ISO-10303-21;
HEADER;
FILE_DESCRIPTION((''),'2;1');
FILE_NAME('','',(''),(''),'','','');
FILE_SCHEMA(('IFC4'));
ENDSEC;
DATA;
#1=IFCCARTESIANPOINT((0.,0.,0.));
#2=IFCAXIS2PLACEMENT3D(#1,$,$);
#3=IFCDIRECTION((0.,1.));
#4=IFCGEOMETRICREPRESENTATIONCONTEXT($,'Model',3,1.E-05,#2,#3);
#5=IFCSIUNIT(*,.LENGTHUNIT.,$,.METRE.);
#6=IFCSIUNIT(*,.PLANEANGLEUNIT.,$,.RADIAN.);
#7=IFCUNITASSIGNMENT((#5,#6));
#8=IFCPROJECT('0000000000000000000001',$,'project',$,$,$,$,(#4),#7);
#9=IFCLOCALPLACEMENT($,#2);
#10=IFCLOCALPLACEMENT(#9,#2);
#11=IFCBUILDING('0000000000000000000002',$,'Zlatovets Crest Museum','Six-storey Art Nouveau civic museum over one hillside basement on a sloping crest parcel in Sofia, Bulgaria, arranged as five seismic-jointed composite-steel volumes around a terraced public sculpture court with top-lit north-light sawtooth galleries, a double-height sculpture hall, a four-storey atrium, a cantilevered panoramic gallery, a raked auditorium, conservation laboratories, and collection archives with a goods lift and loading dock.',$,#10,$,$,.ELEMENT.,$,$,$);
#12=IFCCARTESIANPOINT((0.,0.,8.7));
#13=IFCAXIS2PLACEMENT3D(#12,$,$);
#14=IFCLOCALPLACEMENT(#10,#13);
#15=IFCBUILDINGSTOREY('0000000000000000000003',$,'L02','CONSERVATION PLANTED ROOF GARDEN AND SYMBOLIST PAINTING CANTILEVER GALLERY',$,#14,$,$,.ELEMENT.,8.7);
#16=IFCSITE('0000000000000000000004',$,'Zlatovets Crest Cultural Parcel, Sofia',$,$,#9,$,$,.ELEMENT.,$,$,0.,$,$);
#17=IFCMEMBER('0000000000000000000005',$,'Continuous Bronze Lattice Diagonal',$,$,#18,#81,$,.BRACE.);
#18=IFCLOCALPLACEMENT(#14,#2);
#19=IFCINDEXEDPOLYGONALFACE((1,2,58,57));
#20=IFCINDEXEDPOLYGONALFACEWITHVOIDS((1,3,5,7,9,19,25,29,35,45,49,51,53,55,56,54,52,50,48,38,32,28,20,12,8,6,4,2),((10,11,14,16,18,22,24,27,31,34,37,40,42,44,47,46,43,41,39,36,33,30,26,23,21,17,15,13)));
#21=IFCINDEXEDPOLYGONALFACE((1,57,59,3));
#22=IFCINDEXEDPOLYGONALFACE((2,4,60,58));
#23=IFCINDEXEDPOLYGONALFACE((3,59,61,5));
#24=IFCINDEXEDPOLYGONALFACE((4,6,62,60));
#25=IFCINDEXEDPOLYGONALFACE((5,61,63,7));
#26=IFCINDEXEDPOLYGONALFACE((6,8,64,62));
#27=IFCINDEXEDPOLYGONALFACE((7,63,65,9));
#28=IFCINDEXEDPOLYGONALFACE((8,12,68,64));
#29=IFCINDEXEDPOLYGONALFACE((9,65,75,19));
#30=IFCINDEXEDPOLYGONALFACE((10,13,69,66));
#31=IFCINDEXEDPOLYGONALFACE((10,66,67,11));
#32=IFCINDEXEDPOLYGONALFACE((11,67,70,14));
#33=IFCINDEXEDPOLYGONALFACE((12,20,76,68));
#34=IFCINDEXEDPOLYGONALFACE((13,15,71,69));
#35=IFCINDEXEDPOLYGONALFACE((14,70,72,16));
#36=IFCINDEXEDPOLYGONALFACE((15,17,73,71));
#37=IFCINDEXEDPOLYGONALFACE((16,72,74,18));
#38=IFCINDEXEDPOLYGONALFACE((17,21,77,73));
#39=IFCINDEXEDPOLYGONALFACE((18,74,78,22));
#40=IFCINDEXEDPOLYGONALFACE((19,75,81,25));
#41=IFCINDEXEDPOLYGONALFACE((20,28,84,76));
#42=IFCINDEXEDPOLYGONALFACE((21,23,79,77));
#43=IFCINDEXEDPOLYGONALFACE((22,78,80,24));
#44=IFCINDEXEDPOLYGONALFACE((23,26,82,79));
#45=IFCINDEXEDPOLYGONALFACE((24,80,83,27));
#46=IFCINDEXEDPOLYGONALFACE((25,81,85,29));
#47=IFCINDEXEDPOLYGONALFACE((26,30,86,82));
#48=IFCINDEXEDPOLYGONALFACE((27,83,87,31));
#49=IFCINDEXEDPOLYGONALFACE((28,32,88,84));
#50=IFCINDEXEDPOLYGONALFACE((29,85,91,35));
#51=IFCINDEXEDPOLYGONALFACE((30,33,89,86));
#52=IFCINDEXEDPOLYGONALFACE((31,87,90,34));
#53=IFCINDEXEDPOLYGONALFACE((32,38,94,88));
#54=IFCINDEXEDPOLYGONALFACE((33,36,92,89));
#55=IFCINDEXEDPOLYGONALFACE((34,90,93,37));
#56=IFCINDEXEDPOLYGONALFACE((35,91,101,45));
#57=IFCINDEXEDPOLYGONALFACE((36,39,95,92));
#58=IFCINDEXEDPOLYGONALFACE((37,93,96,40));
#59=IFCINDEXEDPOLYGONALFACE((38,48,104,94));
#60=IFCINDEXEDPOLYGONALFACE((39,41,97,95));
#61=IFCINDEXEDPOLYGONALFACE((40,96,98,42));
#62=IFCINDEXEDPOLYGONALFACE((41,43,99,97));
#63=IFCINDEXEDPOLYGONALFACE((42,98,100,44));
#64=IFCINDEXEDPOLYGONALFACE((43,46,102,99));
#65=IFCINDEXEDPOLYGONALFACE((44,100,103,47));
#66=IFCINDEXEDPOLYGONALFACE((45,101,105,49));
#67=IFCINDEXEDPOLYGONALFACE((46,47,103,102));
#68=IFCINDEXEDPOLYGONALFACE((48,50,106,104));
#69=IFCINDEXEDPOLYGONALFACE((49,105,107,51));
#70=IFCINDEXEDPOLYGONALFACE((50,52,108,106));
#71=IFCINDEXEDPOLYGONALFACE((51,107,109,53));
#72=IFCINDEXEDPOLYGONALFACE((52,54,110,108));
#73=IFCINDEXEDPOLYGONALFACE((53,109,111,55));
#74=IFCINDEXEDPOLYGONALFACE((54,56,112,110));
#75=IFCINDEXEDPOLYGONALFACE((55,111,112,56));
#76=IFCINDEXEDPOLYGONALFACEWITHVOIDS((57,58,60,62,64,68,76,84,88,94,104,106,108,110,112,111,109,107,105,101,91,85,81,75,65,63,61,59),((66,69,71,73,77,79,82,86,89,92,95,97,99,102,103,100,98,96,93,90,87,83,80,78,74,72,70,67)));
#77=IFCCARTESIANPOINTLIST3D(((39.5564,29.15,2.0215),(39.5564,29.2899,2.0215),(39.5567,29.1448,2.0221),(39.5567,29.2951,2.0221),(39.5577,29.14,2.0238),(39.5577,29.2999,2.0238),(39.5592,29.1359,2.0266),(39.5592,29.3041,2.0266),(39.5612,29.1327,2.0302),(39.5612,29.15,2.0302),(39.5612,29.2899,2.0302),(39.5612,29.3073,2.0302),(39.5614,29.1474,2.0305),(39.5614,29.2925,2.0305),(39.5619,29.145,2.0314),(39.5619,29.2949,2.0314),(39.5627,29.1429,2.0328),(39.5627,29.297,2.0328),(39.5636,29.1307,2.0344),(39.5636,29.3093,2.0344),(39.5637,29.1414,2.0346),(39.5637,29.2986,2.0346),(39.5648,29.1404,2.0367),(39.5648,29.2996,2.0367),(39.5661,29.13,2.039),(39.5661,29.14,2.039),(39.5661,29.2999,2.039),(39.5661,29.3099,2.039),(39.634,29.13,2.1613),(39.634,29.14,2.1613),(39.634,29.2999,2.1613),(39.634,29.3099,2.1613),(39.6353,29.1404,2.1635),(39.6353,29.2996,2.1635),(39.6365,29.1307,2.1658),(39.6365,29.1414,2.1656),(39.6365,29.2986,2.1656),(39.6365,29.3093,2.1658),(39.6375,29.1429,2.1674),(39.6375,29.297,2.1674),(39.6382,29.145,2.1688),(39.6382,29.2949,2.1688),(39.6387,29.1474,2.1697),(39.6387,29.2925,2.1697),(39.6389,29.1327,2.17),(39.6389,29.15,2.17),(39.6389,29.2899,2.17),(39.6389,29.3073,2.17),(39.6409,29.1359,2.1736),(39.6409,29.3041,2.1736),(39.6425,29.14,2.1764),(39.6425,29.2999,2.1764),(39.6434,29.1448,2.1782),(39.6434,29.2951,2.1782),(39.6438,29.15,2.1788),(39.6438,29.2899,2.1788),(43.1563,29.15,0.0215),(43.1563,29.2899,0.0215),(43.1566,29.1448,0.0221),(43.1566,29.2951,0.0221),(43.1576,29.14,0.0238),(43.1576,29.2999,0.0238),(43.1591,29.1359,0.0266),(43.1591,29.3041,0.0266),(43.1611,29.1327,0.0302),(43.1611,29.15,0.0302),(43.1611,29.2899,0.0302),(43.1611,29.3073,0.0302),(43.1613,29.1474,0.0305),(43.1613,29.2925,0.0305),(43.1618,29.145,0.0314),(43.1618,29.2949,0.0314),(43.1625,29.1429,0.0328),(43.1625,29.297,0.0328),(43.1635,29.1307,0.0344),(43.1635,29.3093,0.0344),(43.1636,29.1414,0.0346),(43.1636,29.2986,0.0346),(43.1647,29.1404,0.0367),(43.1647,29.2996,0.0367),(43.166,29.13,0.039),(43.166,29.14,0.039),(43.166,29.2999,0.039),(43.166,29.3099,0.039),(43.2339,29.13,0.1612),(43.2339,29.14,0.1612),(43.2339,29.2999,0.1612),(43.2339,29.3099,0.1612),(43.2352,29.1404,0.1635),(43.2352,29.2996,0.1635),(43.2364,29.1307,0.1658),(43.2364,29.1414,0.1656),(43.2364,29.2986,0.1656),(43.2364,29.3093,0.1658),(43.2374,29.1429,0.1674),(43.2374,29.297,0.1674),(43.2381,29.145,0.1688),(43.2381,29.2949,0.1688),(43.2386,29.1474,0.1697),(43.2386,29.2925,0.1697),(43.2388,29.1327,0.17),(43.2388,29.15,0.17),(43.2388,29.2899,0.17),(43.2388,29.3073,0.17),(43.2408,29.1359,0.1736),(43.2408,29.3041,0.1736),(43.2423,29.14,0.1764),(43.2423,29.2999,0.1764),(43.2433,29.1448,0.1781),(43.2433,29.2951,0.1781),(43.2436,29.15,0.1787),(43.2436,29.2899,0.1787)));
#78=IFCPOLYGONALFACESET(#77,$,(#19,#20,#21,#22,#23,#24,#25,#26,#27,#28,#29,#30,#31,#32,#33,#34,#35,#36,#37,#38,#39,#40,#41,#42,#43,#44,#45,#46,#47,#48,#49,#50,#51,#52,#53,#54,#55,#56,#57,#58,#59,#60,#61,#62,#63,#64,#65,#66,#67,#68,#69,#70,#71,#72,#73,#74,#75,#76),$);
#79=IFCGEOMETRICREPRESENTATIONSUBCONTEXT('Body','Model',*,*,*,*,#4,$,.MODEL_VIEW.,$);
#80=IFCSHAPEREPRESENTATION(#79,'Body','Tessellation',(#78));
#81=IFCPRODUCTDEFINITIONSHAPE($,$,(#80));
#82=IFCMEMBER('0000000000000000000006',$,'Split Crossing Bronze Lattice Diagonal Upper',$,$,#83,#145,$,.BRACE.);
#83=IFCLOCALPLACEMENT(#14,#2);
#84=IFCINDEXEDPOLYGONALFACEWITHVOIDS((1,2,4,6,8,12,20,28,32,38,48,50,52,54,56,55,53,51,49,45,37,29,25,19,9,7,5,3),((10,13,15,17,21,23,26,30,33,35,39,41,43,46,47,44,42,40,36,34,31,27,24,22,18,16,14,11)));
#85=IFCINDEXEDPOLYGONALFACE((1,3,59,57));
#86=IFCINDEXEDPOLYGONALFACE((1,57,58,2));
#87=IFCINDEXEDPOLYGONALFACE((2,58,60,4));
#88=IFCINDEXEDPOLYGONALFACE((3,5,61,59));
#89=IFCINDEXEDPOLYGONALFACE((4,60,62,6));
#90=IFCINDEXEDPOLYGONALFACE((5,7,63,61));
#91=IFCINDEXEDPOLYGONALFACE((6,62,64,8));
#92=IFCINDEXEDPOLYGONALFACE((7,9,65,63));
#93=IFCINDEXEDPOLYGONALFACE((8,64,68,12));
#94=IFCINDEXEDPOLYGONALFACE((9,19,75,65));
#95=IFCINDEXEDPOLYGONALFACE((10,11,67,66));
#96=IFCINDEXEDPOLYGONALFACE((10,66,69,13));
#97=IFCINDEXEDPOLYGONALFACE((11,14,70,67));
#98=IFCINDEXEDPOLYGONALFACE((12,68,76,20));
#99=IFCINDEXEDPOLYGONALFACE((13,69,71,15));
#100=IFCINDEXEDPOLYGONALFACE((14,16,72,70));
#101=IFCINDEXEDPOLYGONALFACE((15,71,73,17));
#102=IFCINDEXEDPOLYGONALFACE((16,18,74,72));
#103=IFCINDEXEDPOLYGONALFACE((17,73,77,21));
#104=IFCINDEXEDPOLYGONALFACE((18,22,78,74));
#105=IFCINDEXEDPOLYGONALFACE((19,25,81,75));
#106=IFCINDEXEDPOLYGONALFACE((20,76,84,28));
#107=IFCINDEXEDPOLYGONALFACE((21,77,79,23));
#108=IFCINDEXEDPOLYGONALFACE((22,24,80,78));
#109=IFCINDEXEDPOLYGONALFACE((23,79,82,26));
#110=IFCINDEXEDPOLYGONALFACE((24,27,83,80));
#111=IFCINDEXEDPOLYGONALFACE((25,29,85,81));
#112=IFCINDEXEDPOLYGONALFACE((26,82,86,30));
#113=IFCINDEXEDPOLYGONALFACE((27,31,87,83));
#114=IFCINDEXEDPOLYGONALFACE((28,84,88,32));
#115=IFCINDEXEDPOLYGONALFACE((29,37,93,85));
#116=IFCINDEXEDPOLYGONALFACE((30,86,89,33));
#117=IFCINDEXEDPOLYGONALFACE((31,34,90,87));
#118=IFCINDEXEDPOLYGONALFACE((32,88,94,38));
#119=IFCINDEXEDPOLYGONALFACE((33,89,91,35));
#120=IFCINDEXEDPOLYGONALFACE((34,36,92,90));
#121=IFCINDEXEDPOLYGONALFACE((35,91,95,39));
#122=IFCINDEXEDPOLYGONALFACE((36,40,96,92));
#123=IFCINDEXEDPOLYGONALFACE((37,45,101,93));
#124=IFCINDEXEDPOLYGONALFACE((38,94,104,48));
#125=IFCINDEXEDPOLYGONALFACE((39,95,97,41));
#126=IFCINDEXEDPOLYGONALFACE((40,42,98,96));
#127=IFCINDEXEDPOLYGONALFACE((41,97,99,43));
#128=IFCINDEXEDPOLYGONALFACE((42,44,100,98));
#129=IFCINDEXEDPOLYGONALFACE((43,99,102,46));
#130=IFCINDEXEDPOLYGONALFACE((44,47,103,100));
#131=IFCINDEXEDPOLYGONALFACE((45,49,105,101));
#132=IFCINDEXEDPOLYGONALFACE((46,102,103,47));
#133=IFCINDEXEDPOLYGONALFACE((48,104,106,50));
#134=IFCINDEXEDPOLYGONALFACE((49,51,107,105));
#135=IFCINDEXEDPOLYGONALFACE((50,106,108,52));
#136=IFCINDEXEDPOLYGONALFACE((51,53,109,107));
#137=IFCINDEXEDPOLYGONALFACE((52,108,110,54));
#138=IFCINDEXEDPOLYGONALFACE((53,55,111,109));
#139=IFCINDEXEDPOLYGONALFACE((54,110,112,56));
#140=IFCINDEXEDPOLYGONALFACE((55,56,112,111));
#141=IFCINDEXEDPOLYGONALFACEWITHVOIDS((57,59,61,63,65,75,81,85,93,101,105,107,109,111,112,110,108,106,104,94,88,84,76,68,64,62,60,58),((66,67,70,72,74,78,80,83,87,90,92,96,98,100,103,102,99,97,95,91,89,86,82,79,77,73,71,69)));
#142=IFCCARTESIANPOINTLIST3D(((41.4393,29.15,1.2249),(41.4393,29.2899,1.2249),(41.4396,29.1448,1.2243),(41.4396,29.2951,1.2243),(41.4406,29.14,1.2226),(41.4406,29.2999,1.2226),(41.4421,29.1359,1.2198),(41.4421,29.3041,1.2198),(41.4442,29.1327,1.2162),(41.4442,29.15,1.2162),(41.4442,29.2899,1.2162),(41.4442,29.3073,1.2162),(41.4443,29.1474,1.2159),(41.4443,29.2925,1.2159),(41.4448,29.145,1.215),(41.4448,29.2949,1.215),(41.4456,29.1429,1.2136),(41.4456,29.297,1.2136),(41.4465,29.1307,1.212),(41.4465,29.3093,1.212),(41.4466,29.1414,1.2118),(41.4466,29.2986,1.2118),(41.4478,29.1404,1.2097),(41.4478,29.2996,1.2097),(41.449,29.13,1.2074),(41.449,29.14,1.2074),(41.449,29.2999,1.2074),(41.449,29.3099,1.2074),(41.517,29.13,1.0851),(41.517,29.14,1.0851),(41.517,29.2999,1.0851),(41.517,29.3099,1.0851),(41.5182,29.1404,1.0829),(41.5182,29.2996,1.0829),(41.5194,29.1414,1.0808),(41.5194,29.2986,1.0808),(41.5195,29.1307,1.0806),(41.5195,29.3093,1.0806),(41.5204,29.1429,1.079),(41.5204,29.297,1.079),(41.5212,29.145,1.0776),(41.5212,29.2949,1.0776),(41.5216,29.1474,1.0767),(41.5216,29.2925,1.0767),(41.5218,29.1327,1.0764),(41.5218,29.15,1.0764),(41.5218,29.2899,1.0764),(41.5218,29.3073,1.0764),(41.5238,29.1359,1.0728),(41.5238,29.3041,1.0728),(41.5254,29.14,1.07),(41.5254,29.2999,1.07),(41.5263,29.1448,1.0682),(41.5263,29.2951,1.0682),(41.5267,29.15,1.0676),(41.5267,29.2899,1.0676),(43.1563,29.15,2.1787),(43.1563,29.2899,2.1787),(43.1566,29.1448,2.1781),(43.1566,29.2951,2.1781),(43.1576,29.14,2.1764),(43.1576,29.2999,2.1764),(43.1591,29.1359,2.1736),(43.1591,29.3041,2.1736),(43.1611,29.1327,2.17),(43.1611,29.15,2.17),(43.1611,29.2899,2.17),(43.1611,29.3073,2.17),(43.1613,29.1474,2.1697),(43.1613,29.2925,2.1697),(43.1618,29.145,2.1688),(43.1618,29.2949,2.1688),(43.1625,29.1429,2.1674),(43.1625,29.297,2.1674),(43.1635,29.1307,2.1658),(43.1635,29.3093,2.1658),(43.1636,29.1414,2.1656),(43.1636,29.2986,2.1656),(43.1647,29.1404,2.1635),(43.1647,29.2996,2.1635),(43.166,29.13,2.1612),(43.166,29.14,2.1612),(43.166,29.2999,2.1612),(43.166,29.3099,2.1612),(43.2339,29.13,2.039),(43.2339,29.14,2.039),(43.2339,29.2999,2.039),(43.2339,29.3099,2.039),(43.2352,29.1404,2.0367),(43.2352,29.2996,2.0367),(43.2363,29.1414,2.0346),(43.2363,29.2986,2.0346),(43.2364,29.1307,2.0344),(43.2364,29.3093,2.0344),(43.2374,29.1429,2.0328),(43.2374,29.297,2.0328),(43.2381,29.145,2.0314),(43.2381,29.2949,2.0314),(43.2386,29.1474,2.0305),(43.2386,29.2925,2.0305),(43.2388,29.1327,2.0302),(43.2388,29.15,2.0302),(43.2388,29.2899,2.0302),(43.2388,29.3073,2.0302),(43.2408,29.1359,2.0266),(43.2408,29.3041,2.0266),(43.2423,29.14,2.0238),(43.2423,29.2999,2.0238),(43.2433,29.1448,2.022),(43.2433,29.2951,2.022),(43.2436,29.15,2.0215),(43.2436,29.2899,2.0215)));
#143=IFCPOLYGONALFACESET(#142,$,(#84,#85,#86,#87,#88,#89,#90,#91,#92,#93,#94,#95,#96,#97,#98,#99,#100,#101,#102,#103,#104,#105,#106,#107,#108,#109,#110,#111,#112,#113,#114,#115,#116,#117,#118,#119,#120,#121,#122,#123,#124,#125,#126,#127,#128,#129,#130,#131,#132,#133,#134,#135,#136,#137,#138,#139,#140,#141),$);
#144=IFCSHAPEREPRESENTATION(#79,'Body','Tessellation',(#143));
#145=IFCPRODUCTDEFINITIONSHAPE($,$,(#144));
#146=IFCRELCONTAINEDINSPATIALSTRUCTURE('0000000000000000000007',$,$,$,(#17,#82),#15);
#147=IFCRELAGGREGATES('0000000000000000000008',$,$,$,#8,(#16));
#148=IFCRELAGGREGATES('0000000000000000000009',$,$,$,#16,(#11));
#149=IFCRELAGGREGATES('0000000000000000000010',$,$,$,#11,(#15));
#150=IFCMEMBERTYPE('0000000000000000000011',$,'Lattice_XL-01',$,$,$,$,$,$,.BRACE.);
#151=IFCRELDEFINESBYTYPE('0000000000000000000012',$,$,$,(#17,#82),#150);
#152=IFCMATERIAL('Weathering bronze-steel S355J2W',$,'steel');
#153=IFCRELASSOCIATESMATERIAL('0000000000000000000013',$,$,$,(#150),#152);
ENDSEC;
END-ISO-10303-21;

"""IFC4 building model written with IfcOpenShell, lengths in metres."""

from ifc_helpers import new_model, si_unit, direction, frame, origin, origin_2d, place, context, subcontext, project, spatial, hollow_rectangle, extrude, material, material_profile, profile_set, type_object, element, save


model = new_model("IFC4")

# Units and contexts
model_context = context("Model", 3, precision=1e-05, world=origin(), true_north=direction((0.0, 1.0)))
body_context = subcontext(model_context, "Body", "Model", "MODEL_VIEW")
ifc_project = project(units=[si_unit("LENGTHUNIT", "METRE"), si_unit("PLANEANGLEUNIT", "RADIAN")], contexts=[model_context])

# Site, building, storey
site_placement = place(None, origin())
site = spatial("IfcSite", under=ifc_project, at=site_placement, Name="Zlatovets Crest Cultural Parcel, Sofia", CompositionType="ELEMENT", RefElevation=0.0)
building_placement = place(site_placement, origin())
building = spatial("IfcBuilding", under=site, at=building_placement, Name="Zlatovets Crest Museum", Description="Six-storey Art Nouveau civic museum over one hillside basement on a sloping crest parcel in Sofia, Bulgaria, arranged as five seismic-jointed composite-steel volumes around a terraced public sculpture court with top-lit north-light sawtooth galleries, a double-height sculpture hall, a four-storey atrium, a cantilevered panoramic gallery, a raked auditorium, conservation laboratories, and collection archives with a goods lift and loading dock.", CompositionType="ELEMENT")
storey_placement = place(building_placement, frame((0.0, 0.0, 8.7)))
storey = spatial("IfcBuildingStorey", under=building, at=storey_placement, Name="L02", Description="CONSERVATION PLANTED ROOF GARDEN AND SYMBOLIST PAINTING CANTILEVER GALLERY", CompositionType="ELEMENT", Elevation=8.7)

# Members
ifc_material_1 = material(Name="Weathering bronze-steel S355J2W", Category="steel")
ifc_material_profile_1 = material_profile(ifc_material_1, hollow_rectangle(XDim=0.1799, YDim=0.1799, WallThickness=0.01, InnerFilletRadius=0.01, OuterFilletRadius=0.02, at=origin_2d()), Name="SHS 180x180x10.0")
ifc_profile_set_1 = profile_set([ifc_material_profile_1], Name="Weathering bronze-steel S355J2W")
member_type_1 = type_object("IfcMemberType", Name="Lattice_XL-01", PredefinedType="BRACE", material=ifc_profile_set_1)
member_1_placement = place(storey_placement, frame((43.2, 29.22, 0.1001), z_axis=(-0.874149, 0.0, 0.485658), x_axis=(0.0, -1.0, 0.0)))
element("IfcMember", 1, at=member_1_placement, inside=storey, type_object=member_type_1, Name="Continuous Bronze Lattice Diagonal", PredefinedType="BRACE", context=body_context, shape_type="SweptSolid", body=[
    extrude(hollow_rectangle(XDim=0.1799, YDim=0.1799, WallThickness=0.01, InnerFilletRadius=0.01, OuterFilletRadius=0.02, at=origin_2d()), origin(), (0.0, 0.0, 1.0), 4.1182),
])
member_2_placement = place(storey_placement, frame((43.2, 29.22, 2.1001), z_axis=(-0.874169, 0.0, -0.485622), x_axis=(0.0, -1.0, 0.0)))
element("IfcMember", 2, at=member_2_placement, inside=storey, type_object=member_type_1, Name="Split Crossing Bronze Lattice Diagonal Upper", PredefinedType="BRACE", context=body_context, shape_type="SweptSolid", body=[
    extrude(hollow_rectangle(XDim=0.1799, YDim=0.1799, WallThickness=0.01, InnerFilletRadius=0.01, OuterFilletRadius=0.02, at=origin_2d()), origin(), (0.0, 0.0, 1.0), 1.9641),
])

save(model, "model.ifc")
